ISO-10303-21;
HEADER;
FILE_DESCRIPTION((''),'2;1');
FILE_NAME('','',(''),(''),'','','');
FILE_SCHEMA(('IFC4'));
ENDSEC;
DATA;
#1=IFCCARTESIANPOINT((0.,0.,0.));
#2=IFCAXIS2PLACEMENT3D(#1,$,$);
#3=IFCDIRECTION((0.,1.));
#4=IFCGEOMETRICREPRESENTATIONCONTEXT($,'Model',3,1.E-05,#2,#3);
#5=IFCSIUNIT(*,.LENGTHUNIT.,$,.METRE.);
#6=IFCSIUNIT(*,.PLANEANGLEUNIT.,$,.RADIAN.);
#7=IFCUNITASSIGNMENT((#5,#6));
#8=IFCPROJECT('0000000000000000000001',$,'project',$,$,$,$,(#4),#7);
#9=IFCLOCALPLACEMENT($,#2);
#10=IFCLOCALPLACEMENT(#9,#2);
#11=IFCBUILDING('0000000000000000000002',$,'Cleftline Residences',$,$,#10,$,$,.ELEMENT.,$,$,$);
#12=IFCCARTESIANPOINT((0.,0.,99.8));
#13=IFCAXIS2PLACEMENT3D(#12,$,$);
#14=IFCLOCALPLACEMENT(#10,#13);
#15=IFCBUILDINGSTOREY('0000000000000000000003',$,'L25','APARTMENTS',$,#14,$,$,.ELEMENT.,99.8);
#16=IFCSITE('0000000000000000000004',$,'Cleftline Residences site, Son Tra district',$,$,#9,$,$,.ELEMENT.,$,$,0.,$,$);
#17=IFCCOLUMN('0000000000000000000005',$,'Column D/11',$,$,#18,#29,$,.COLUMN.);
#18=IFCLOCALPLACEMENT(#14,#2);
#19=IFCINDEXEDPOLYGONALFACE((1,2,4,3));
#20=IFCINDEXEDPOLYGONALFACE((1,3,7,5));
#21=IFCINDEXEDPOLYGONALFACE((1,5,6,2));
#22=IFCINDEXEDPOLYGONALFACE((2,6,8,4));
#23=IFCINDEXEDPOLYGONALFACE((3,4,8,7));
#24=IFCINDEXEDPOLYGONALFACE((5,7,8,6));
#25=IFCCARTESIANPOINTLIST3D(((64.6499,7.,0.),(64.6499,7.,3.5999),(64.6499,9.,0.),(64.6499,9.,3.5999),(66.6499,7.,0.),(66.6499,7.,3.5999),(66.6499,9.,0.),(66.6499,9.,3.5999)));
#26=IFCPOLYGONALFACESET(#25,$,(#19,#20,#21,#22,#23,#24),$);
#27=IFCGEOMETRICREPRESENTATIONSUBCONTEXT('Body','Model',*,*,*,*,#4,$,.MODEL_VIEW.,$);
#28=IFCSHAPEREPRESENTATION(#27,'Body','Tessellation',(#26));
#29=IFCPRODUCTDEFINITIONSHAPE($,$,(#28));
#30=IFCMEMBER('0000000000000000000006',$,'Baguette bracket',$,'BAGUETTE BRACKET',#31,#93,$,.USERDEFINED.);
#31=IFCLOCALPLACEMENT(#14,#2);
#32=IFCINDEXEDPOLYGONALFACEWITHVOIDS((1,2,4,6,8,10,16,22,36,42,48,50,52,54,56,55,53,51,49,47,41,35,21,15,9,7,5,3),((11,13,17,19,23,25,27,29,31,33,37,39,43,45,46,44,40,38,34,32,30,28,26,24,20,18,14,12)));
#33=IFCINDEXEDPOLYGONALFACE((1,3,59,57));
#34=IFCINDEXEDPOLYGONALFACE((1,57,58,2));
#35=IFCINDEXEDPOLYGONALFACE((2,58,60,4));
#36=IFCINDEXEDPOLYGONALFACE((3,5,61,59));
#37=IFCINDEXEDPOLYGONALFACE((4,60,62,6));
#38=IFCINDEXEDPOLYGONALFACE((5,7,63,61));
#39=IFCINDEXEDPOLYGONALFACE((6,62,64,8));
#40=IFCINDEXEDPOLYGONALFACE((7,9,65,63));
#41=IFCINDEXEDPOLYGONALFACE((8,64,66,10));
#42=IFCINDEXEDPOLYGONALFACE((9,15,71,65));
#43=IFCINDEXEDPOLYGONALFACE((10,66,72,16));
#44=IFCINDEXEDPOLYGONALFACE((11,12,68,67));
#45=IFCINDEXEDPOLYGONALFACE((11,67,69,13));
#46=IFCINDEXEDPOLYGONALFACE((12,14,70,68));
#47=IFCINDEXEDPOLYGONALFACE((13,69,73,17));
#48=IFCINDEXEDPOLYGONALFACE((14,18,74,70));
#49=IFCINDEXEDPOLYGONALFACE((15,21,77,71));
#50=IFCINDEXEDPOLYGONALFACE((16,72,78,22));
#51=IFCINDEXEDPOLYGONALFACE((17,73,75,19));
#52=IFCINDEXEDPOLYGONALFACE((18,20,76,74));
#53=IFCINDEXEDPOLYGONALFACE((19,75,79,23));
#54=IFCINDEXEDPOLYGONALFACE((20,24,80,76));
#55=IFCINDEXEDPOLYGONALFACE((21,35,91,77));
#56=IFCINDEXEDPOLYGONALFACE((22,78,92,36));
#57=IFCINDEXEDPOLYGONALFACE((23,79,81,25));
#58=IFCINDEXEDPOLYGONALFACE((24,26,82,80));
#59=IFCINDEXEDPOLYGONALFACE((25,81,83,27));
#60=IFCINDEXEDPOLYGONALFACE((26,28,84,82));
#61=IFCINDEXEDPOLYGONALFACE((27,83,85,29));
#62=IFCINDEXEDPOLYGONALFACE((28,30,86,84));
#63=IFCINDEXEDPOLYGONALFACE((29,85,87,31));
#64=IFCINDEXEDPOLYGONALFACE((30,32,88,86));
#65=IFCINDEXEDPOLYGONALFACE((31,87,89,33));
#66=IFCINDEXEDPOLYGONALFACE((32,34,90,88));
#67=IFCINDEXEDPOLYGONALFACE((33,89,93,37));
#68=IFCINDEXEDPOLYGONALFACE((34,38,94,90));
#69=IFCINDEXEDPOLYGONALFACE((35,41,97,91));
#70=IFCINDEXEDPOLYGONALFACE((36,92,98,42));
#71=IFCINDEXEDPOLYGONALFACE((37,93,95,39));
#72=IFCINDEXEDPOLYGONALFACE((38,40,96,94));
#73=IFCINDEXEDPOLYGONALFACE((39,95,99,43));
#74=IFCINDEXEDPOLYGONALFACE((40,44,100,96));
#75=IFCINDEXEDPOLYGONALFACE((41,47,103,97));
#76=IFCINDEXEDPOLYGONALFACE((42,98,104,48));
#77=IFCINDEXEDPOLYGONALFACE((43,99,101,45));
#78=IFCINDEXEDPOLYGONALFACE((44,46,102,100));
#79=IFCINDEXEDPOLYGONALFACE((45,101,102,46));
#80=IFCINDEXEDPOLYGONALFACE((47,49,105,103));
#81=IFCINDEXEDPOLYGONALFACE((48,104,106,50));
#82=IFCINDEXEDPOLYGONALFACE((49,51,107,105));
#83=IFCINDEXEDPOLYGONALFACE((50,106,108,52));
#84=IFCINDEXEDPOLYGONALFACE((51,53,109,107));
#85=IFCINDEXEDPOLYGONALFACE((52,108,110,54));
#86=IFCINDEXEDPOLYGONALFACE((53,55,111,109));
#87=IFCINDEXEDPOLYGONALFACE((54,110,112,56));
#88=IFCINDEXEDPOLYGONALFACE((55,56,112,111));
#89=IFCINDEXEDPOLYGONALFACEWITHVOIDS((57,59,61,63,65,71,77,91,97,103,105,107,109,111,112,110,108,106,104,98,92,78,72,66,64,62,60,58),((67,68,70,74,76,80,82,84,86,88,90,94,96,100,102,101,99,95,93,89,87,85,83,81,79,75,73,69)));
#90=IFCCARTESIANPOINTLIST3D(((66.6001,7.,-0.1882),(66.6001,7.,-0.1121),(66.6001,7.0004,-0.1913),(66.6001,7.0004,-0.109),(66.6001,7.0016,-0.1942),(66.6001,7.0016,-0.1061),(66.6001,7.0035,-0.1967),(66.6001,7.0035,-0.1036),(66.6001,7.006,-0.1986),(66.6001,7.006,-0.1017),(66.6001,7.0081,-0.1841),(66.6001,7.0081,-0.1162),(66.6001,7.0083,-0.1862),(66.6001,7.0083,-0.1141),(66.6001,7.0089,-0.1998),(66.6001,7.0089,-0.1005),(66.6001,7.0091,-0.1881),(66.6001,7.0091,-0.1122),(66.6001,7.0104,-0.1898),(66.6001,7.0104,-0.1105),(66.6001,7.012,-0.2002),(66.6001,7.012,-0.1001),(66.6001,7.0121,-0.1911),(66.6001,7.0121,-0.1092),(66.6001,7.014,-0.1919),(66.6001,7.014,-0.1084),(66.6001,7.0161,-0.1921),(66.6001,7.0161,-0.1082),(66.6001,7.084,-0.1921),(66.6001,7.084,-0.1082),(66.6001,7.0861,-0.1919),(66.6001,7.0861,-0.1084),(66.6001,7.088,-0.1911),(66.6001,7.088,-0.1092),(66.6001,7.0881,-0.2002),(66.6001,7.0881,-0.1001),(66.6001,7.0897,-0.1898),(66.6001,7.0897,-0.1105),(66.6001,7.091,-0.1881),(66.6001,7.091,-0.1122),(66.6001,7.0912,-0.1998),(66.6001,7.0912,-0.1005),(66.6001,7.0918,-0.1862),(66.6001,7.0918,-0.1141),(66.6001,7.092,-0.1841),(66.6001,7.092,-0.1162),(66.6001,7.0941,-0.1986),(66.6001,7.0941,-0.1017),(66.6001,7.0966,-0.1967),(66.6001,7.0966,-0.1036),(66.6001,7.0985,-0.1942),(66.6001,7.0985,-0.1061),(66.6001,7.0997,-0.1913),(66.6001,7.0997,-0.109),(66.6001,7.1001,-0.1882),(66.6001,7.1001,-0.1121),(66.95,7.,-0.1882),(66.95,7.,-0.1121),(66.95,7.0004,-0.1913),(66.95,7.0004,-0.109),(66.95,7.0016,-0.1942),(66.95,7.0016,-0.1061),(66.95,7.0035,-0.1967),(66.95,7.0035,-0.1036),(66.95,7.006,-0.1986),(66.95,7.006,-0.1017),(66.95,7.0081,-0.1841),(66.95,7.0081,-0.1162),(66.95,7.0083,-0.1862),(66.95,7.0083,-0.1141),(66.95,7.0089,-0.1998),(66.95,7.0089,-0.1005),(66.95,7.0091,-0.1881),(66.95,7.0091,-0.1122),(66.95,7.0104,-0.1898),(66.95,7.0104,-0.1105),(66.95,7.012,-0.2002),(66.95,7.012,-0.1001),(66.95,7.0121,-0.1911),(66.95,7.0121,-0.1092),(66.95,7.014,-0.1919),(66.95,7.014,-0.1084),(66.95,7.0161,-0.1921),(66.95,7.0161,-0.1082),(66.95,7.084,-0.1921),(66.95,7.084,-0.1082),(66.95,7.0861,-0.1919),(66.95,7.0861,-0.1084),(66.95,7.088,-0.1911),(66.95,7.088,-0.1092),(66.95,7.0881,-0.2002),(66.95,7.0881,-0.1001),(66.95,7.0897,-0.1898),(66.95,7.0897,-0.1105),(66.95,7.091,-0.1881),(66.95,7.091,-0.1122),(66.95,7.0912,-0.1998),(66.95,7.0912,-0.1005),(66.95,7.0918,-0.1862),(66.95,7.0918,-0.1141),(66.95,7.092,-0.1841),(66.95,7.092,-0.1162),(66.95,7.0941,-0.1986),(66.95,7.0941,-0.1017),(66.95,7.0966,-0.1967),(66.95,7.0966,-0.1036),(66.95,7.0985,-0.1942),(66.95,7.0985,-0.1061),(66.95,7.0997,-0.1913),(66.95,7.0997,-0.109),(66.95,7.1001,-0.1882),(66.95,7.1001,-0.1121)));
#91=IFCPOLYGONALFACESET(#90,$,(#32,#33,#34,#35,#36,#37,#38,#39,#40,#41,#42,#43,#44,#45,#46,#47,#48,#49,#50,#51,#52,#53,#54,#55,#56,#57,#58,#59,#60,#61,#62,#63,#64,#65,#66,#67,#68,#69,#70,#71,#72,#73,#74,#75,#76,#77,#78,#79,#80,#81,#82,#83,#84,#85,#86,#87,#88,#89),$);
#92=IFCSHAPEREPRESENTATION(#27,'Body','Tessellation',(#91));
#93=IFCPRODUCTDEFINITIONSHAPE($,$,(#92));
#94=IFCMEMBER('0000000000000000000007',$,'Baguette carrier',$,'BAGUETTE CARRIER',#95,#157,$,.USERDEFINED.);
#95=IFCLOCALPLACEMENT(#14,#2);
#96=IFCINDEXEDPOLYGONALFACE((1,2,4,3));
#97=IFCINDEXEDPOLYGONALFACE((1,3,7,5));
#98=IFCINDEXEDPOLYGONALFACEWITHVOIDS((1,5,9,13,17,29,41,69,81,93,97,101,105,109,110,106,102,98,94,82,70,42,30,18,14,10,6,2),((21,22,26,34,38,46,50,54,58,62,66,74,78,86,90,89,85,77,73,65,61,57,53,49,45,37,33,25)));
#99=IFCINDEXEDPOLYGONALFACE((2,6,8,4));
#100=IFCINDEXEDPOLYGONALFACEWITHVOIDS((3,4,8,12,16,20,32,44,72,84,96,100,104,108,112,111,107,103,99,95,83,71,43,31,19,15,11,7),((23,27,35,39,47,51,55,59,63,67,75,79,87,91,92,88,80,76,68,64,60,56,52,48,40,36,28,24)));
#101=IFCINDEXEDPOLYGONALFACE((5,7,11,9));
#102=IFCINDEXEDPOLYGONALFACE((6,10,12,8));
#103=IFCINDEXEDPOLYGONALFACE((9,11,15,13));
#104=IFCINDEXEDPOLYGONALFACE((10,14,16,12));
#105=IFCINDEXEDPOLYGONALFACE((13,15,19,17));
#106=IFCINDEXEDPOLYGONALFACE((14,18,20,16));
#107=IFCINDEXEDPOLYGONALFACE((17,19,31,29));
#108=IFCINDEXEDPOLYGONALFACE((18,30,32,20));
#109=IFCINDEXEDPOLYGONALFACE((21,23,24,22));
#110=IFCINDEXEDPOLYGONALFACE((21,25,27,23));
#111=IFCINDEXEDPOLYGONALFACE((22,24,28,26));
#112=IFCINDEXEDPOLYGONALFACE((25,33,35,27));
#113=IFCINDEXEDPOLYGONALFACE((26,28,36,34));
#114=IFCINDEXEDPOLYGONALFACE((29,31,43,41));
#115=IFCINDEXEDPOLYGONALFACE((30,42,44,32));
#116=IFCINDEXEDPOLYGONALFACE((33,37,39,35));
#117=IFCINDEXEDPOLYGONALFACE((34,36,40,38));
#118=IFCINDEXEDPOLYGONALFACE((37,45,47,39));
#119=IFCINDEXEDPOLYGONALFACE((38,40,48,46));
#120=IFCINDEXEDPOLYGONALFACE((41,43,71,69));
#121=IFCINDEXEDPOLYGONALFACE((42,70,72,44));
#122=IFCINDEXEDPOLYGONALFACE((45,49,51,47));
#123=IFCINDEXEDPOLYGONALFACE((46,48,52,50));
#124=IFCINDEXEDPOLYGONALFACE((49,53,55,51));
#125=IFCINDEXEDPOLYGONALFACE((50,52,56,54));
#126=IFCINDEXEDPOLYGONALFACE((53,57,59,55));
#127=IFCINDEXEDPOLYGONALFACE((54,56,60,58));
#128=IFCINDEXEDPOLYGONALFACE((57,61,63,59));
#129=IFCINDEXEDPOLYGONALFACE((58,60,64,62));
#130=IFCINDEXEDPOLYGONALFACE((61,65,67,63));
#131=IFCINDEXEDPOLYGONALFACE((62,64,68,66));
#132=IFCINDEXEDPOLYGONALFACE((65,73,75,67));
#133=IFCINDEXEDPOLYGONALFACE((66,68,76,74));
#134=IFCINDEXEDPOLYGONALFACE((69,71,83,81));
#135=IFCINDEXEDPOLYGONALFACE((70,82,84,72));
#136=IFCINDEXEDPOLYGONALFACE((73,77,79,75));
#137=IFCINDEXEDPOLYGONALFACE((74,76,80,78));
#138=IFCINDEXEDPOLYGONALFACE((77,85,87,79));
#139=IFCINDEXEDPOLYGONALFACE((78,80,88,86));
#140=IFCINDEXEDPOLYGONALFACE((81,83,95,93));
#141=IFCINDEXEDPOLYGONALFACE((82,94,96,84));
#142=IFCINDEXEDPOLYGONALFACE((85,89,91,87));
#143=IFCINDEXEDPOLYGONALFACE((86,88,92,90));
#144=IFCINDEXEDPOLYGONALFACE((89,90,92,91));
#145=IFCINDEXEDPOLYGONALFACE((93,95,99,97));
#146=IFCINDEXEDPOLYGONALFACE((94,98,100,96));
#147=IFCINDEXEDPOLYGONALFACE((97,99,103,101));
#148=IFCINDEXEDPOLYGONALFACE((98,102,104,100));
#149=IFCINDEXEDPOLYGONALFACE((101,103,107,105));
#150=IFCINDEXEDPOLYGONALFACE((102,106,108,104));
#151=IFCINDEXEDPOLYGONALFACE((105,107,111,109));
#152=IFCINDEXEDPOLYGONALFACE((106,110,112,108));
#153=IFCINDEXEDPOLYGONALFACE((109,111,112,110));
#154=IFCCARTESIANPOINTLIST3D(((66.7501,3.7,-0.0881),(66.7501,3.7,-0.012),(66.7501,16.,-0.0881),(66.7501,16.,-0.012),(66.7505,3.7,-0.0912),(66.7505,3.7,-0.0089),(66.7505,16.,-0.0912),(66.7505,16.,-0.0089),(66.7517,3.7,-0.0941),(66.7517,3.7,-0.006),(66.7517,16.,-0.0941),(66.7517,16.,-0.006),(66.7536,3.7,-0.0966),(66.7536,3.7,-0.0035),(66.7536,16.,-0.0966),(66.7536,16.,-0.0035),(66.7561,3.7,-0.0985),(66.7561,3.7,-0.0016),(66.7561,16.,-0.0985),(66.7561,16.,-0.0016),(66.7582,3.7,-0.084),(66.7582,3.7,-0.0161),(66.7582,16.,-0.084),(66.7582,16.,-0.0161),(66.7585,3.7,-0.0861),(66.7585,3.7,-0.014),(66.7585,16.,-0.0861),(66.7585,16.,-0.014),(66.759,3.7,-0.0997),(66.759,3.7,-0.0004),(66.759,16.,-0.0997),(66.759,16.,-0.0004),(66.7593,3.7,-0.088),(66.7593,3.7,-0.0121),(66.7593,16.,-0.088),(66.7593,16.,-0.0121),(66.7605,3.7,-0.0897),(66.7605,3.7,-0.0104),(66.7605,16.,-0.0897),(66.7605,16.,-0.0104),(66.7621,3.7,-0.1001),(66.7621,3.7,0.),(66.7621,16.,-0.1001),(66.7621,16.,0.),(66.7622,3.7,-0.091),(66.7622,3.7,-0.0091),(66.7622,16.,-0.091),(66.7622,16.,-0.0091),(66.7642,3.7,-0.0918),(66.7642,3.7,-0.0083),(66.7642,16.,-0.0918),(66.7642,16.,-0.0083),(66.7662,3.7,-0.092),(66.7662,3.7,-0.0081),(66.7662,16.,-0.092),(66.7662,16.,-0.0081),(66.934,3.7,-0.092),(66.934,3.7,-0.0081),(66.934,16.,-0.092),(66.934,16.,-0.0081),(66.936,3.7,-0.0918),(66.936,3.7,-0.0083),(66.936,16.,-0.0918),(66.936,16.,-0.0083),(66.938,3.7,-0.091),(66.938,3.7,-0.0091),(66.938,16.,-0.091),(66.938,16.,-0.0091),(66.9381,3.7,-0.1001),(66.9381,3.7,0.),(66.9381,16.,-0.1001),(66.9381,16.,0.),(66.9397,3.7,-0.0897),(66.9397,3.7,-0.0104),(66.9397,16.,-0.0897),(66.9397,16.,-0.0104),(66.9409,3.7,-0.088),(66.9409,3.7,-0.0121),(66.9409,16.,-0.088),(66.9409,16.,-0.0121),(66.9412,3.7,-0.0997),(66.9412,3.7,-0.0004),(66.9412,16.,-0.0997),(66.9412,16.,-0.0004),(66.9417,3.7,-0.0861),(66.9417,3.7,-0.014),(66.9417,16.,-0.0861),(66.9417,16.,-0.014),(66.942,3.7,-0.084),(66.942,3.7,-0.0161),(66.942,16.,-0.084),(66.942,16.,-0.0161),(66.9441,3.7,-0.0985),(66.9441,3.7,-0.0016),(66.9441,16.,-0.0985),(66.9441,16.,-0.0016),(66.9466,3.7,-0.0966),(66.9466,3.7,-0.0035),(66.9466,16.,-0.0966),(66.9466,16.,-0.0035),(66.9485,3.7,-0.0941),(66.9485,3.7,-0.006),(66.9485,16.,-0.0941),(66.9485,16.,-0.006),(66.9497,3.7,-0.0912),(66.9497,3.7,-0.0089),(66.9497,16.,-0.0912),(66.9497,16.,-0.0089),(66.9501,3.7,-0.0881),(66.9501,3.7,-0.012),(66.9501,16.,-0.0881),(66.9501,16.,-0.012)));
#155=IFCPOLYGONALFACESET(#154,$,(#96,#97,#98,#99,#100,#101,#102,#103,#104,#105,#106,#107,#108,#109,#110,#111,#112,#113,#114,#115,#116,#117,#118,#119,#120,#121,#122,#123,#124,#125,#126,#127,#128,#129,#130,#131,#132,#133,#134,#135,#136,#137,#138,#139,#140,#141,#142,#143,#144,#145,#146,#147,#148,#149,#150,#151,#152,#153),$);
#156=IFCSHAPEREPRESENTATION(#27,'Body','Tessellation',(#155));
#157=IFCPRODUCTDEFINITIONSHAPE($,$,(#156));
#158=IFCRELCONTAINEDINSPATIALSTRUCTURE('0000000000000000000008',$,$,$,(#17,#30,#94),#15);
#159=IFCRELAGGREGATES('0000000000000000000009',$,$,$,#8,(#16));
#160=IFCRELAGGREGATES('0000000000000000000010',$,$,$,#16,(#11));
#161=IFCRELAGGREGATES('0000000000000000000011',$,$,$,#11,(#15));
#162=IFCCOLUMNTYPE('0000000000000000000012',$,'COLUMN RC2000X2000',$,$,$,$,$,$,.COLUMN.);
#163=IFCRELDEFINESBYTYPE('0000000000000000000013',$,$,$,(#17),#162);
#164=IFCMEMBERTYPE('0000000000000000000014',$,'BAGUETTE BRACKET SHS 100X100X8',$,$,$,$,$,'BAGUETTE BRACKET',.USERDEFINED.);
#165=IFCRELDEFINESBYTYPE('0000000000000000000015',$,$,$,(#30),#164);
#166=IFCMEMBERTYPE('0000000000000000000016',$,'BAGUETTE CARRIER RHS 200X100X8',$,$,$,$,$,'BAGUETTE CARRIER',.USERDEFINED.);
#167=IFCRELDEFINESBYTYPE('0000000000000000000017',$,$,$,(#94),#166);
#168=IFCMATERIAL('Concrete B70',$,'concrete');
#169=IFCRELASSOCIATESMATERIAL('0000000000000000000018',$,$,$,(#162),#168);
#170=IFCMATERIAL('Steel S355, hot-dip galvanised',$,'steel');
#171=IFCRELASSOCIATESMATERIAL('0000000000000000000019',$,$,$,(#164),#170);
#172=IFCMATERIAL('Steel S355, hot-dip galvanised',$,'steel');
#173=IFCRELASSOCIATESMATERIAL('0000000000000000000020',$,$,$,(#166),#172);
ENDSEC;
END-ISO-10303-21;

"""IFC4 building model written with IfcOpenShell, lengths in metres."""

from ifc_helpers import new_model, si_unit, direction, frame, origin, origin_2d, place, context, subcontext, project, spatial, rectangle, hollow_rectangle, extrude, material, material_profile, profile_set, type_object, element, save


model = new_model("IFC4")

# Units and contexts
model_context = context("Model", 3, precision=1e-05, world=origin(), true_north=direction((0.0, 1.0)))
body_context = subcontext(model_context, "Body", "Model", "MODEL_VIEW")
ifc_project = project(units=[si_unit("LENGTHUNIT", "METRE"), si_unit("PLANEANGLEUNIT", "RADIAN")], contexts=[model_context])

# Site, building, storey
site_placement = place(None, origin())
site = spatial("IfcSite", under=ifc_project, at=site_placement, Name="Cleftline Residences site, Son Tra district", CompositionType="ELEMENT", RefElevation=0.0)
building_placement = place(site_placement, origin())
building = spatial("IfcBuilding", under=site, at=building_placement, Name="Cleftline Residences", CompositionType="ELEMENT")
storey_placement = place(building_placement, frame((0.0, 0.0, 99.8)))
storey = spatial("IfcBuildingStorey", under=building, at=storey_placement, Name="L25", Description="APARTMENTS", CompositionType="ELEMENT", Elevation=99.8)

# Column
ifc_material_1 = material(Name="Concrete B70", Category="concrete")
ifc_material_profile_1 = material_profile(ifc_material_1, rectangle(XDim=2.0, YDim=2.0, at=origin_2d()))
ifc_profile_set_1 = profile_set([ifc_material_profile_1], Name="Concrete B70")
column_type = type_object("IfcColumnType", Name="COLUMN RC2000X2000", PredefinedType="COLUMN", material=ifc_profile_set_1)
column_placement = place(storey_placement, frame((65.6499, 8.0, 0.0), z_axis=(0.0, 0.0, 1.0), x_axis=(1.0, 0.0, 0.0)))
element("IfcColumn", 1, at=column_placement, inside=storey, type_object=column_type, Name="Column D/11", PredefinedType="COLUMN", context=body_context, shape_type="SweptSolid", body=[
    extrude(rectangle(XDim=2.0, YDim=2.0, at=origin_2d()), origin(), (0.0, 0.0, 1.0), 3.5999),
])

# Members
ifc_material_2 = material(Name="Steel S355, hot-dip galvanised", Category="steel")
ifc_material_profile_2 = material_profile(ifc_material_2, hollow_rectangle(XDim=0.1001, YDim=0.1001, WallThickness=0.0081, InnerFilletRadius=0.0081, OuterFilletRadius=0.012, at=origin_2d()))
ifc_profile_set_2 = profile_set([ifc_material_profile_2], Name="Steel S355, hot-dip galvanised")
member_type_1 = type_object("IfcMemberType", Name="BAGUETTE BRACKET SHS 100X100X8", ElementType="BAGUETTE BRACKET", PredefinedType="USERDEFINED", material=ifc_profile_set_2)
member_1_placement = place(storey_placement, frame((66.6001, 7.05, -0.1501), z_axis=(1.0, 0.0, 0.0), x_axis=(0.0, 1.0, 0.0)))
element("IfcMember", 2, at=member_1_placement, inside=storey, type_object=member_type_1, Name="Baguette bracket", ObjectType="BAGUETTE BRACKET", PredefinedType="USERDEFINED", context=body_context, shape_type="SweptSolid", body=[
    extrude(hollow_rectangle(XDim=0.1001, YDim=0.1001, WallThickness=0.0081, InnerFilletRadius=0.0081, OuterFilletRadius=0.012, at=origin_2d()), origin(), (0.0, 0.0, 1.0), 0.3499),
])
ifc_material_3 = material(Name="Steel S355, hot-dip galvanised", Category="steel")
ifc_material_profile_3 = material_profile(ifc_material_3, hollow_rectangle(XDim=0.1001, YDim=0.2, WallThickness=0.0081, InnerFilletRadius=0.0081, OuterFilletRadius=0.012, at=origin_2d()))
ifc_profile_set_3 = profile_set([ifc_material_profile_3], Name="Steel S355, hot-dip galvanised")
member_type_2 = type_object("IfcMemberType", Name="BAGUETTE CARRIER RHS 200X100X8", ElementType="BAGUETTE CARRIER", PredefinedType="USERDEFINED", material=ifc_profile_set_3)
member_2_placement = place(storey_placement, frame((66.8501, 3.7, -0.05), z_axis=(0.0, 1.0, 0.0), x_axis=(0.0, 0.0, 1.0)))
element("IfcMember", 3, at=member_2_placement, inside=storey, type_object=member_type_2, Name="Baguette carrier", ObjectType="BAGUETTE CARRIER", PredefinedType="USERDEFINED", context=body_context, shape_type="SweptSolid", body=[
    extrude(hollow_rectangle(XDim=0.1001, YDim=0.2, WallThickness=0.0081, InnerFilletRadius=0.0081, OuterFilletRadius=0.012, at=origin_2d()), origin(), (0.0, 0.0, 1.0), 12.3),
])

save(model, "model.ifc")
